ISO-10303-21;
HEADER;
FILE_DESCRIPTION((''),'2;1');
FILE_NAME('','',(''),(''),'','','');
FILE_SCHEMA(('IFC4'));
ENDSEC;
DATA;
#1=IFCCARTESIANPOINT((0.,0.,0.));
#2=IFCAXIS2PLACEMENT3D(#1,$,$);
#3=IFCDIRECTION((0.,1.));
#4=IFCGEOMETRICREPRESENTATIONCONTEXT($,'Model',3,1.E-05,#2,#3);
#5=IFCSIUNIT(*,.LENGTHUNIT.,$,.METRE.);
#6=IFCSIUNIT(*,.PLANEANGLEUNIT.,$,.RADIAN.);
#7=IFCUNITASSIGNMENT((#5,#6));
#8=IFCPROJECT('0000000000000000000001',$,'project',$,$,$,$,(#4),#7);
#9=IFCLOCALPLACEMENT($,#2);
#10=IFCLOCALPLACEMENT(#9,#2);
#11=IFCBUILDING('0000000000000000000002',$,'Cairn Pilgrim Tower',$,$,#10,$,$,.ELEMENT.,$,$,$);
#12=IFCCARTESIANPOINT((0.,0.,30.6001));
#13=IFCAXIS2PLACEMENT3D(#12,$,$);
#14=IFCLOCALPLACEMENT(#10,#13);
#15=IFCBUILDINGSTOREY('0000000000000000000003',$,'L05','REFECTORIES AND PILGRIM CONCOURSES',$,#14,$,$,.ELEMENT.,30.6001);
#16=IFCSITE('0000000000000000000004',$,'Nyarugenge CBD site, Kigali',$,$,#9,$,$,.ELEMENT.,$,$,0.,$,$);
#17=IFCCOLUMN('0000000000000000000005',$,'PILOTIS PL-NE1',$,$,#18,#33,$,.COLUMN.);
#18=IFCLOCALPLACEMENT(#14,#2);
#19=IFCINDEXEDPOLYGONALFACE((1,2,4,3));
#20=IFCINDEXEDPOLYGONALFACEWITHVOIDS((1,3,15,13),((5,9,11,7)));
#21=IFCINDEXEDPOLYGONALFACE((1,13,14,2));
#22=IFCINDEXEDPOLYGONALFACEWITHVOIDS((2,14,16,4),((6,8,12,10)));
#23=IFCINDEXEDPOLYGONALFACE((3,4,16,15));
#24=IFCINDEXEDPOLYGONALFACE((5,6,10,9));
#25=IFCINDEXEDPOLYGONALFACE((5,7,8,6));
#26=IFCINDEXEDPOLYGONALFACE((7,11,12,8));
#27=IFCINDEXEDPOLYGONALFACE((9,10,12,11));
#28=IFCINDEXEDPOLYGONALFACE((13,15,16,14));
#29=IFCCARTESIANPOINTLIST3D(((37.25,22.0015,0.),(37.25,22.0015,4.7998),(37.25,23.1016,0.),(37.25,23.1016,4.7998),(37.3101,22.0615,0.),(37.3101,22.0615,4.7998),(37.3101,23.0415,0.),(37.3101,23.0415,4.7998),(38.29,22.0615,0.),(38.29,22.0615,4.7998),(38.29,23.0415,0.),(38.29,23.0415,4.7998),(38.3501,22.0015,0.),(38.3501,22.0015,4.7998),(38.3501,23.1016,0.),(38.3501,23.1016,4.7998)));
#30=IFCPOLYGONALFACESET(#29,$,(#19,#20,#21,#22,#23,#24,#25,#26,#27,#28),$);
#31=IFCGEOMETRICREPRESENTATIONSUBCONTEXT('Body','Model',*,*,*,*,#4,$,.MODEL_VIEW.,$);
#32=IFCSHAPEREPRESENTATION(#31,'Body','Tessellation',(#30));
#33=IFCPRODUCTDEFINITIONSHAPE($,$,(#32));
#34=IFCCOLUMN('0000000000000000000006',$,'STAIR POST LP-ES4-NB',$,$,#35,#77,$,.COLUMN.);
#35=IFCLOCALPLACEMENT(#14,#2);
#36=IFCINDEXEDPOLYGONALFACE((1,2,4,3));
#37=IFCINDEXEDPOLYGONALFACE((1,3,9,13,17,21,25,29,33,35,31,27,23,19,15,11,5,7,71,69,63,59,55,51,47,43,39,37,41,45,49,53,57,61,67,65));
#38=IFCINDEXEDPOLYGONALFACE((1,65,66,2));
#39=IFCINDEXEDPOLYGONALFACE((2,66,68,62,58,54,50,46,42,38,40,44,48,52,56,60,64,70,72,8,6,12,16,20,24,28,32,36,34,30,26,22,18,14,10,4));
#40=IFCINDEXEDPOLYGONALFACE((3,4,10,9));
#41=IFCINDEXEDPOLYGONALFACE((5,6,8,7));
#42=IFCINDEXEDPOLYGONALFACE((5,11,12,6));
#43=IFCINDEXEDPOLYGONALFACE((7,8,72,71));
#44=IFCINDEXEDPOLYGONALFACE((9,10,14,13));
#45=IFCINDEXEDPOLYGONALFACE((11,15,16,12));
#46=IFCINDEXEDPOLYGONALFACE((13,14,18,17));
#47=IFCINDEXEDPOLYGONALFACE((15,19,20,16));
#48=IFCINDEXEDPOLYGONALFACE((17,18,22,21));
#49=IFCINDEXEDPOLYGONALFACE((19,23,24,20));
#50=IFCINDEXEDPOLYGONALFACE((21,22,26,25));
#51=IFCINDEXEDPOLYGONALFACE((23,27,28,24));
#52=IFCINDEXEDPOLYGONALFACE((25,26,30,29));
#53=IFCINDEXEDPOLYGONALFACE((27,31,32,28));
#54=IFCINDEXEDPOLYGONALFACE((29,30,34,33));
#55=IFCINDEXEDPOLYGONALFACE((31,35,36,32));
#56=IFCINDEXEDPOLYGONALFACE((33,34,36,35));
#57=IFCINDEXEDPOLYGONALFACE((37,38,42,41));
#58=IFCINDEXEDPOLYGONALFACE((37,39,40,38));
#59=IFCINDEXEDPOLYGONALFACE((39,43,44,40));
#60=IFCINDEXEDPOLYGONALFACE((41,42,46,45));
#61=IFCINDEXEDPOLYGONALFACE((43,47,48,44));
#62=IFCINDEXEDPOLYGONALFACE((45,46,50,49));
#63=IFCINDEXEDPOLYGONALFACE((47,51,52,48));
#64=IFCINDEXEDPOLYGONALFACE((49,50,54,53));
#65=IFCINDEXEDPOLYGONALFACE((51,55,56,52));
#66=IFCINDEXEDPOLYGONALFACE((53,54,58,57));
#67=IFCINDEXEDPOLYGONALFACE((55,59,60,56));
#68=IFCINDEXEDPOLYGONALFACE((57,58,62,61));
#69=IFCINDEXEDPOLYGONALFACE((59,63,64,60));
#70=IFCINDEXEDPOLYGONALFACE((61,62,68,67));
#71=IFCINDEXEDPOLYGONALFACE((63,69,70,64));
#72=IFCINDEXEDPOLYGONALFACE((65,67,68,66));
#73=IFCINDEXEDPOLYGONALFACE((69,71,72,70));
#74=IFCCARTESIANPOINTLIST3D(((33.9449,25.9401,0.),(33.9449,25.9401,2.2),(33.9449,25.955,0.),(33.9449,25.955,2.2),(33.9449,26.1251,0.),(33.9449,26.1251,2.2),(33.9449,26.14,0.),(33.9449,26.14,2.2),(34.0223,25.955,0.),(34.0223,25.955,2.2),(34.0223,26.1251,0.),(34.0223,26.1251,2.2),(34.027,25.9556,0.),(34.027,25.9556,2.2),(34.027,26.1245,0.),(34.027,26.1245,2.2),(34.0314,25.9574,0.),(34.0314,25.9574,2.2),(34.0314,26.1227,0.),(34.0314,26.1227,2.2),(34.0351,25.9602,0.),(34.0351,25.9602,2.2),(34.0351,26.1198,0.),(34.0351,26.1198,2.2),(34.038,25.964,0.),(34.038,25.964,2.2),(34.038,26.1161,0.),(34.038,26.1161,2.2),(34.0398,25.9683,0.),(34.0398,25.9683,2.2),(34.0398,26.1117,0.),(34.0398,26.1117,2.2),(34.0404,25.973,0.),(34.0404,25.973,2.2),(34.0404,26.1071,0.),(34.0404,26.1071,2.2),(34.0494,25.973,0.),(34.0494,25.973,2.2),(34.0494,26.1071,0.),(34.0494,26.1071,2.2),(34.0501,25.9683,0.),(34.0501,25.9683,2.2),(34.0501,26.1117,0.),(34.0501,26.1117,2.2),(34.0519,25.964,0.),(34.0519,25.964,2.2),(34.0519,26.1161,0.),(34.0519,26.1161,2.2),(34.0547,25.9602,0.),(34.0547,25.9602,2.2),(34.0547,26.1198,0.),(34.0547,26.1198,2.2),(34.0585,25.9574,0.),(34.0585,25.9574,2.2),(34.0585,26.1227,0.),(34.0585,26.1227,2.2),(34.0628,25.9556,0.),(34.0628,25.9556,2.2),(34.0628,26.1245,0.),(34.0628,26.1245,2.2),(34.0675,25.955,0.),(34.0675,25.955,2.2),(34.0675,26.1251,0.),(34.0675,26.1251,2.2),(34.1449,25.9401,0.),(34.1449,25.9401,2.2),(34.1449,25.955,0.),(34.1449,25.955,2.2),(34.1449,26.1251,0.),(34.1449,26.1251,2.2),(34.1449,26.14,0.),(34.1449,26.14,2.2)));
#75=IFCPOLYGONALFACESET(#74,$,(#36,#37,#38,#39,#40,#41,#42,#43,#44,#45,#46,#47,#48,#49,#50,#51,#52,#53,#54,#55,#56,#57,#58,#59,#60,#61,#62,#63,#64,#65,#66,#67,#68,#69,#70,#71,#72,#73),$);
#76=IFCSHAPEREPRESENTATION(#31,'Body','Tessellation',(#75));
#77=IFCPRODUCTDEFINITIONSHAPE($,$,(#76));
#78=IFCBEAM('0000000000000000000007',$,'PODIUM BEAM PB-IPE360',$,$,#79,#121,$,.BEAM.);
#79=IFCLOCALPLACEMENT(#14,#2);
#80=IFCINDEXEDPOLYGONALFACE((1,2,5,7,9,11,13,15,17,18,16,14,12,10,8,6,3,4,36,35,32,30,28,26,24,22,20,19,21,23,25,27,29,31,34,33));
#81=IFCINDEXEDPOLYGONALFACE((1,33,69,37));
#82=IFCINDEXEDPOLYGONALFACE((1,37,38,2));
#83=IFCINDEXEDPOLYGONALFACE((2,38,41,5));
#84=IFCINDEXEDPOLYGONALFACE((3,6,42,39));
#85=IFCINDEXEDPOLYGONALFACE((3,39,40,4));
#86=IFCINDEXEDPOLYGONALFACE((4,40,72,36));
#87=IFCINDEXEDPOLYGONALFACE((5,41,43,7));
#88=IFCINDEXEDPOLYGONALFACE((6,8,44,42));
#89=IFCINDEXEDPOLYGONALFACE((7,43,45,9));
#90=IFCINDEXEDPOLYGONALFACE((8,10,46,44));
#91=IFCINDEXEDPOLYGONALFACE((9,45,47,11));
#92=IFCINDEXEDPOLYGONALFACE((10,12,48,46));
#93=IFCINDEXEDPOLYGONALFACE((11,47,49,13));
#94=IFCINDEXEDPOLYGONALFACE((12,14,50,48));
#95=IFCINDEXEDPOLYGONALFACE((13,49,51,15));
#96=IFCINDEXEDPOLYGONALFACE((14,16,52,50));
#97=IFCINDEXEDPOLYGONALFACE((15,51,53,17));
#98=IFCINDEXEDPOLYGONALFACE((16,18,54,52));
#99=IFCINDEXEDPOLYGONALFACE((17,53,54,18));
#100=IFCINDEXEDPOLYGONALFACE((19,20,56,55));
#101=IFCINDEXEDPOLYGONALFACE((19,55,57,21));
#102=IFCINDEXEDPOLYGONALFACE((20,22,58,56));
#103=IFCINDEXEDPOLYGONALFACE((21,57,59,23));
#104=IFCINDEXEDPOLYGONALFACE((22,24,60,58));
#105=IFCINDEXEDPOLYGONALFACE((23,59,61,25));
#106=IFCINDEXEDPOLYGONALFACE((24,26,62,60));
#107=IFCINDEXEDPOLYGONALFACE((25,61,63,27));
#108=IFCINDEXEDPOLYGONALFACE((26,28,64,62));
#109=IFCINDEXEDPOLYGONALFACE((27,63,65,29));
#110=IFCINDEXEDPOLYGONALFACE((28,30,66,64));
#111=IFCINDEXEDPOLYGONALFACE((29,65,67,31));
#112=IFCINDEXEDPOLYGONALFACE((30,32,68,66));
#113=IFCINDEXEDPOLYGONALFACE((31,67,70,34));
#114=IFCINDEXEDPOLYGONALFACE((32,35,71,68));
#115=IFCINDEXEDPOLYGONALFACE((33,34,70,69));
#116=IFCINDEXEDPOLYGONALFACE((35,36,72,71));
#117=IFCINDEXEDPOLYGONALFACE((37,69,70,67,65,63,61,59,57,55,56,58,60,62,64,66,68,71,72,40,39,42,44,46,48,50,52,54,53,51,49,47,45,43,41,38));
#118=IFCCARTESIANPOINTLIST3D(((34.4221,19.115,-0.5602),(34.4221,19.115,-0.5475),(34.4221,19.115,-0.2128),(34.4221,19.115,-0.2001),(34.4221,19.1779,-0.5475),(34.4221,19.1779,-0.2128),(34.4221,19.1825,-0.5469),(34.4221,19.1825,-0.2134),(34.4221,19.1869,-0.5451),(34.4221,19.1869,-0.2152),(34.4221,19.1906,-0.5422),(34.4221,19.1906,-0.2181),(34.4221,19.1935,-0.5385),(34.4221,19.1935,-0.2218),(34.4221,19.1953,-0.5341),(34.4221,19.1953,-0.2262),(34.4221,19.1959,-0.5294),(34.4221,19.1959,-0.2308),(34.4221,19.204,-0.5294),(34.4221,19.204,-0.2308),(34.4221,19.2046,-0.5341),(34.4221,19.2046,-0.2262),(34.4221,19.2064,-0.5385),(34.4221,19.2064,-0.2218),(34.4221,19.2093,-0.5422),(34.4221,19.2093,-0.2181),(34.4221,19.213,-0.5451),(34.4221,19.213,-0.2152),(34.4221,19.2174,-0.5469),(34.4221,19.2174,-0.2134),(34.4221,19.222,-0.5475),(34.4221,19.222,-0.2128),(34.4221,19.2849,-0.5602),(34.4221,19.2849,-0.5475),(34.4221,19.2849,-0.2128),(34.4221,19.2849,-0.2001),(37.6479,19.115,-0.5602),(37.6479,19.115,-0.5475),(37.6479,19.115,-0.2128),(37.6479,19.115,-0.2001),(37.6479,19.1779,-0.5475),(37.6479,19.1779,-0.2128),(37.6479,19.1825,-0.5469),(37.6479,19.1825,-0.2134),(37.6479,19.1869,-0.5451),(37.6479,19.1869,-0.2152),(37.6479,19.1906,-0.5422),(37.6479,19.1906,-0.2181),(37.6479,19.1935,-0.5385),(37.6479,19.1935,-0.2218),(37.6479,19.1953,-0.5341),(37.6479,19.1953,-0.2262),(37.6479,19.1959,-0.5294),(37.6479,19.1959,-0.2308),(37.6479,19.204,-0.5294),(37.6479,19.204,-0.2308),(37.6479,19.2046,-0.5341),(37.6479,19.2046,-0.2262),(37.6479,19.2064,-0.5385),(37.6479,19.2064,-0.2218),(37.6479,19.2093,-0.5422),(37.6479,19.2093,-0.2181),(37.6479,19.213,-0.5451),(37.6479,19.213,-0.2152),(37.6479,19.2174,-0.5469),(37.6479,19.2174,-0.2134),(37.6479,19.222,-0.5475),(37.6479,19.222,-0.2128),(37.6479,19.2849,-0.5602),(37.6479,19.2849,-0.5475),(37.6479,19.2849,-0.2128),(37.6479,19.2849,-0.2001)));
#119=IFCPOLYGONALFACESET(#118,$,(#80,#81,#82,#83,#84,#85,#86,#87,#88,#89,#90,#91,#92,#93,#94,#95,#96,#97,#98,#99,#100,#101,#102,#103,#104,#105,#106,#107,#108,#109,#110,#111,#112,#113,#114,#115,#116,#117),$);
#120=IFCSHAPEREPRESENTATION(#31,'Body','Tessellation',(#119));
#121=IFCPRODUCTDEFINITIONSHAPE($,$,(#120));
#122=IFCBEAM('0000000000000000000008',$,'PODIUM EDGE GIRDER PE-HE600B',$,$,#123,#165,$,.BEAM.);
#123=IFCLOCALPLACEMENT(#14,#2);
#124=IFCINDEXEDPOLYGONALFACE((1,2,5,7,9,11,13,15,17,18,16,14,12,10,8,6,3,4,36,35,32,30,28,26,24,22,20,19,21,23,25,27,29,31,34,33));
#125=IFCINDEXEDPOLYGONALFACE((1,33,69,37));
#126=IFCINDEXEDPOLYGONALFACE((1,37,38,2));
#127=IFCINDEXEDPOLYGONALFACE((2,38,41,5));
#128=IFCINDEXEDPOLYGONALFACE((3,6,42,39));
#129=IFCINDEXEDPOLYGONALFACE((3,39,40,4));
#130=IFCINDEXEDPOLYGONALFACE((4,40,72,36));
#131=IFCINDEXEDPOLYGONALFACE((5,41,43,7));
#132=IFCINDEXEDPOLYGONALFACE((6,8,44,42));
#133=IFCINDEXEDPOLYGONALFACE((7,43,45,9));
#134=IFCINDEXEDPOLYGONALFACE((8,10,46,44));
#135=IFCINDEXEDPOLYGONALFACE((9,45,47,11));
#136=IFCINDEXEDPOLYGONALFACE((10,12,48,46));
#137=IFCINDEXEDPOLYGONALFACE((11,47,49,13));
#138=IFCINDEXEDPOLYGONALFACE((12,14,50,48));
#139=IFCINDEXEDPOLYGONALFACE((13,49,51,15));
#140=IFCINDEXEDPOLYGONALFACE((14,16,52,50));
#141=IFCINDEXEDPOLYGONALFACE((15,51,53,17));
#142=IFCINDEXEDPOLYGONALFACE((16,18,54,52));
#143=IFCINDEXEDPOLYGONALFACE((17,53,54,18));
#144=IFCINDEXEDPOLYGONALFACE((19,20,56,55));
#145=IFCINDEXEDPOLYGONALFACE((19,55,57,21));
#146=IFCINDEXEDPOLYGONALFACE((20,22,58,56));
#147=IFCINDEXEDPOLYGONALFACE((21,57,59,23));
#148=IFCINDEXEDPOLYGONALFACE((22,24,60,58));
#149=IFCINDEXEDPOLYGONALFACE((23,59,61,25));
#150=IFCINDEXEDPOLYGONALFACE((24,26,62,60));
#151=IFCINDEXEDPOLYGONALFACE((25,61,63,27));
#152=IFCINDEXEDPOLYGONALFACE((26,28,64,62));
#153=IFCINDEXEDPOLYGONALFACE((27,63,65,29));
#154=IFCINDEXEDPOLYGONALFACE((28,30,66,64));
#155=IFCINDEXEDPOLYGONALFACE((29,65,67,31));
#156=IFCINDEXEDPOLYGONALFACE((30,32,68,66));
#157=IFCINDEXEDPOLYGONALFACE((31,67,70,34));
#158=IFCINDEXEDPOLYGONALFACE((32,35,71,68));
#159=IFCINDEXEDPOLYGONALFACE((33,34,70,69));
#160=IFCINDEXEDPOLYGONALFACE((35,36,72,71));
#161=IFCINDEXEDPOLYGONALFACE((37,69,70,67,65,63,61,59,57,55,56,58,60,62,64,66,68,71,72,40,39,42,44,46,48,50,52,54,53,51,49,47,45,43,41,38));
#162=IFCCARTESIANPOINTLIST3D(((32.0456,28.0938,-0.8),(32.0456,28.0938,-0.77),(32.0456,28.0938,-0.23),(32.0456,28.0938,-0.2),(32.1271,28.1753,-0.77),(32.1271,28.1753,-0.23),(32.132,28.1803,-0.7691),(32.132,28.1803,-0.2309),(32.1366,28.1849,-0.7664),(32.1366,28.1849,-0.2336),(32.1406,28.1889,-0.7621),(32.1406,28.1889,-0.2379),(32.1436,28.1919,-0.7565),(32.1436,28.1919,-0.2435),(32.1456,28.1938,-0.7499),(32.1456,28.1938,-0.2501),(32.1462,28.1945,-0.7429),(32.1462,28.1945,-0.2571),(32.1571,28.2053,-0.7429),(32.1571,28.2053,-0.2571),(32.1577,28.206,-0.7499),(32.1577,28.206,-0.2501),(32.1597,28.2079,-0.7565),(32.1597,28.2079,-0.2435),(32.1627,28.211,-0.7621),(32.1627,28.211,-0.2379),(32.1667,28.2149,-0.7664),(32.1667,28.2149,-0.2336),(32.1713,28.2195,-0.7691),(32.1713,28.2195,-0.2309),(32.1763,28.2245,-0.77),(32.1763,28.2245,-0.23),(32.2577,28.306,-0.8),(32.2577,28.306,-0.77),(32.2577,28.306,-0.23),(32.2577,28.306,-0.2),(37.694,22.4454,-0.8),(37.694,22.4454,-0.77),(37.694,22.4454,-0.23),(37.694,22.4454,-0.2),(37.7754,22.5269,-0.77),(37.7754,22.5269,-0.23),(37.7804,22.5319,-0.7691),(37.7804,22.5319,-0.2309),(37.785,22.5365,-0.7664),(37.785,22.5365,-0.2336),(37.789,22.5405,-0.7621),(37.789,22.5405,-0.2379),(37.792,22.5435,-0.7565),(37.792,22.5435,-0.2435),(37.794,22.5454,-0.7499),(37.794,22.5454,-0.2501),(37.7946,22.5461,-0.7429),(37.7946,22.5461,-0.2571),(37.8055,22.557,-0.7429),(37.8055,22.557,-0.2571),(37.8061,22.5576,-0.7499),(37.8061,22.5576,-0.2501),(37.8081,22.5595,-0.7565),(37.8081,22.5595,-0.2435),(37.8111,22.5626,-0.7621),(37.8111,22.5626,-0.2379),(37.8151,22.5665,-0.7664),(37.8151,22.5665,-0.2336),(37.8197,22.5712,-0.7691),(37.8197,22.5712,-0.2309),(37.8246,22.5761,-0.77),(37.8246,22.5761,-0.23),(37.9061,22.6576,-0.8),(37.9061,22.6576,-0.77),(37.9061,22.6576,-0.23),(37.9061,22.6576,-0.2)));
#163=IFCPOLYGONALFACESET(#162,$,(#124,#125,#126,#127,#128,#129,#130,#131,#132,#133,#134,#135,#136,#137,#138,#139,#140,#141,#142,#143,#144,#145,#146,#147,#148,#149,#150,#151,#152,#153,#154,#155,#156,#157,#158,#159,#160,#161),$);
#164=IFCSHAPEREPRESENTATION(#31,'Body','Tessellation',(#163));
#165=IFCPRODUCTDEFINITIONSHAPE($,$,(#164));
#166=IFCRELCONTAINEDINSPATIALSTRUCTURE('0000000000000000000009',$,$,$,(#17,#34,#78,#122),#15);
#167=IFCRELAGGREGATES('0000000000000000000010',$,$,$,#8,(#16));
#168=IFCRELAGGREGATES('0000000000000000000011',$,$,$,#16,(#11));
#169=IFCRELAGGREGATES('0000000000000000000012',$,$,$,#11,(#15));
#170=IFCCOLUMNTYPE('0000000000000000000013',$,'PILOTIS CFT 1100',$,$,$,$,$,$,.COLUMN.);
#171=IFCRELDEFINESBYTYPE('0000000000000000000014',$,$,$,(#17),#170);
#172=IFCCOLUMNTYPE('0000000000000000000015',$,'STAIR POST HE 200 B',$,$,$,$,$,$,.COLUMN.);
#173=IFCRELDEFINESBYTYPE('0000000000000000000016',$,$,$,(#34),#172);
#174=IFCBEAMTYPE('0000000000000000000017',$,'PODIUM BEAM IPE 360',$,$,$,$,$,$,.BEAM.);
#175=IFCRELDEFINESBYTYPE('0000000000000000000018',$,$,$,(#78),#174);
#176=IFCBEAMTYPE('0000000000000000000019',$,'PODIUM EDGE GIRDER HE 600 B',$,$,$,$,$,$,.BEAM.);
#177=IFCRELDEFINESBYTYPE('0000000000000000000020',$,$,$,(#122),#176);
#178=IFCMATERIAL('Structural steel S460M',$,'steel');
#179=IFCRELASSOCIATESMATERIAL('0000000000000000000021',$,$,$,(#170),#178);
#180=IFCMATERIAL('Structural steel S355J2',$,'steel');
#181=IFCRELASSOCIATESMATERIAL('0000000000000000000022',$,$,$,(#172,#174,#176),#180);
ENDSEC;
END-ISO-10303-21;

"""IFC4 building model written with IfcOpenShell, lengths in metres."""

from ifc_helpers import new_model, si_unit, direction, frame, origin, origin_2d, place, context, subcontext, project, spatial, hollow_rectangle, i_section, extrude, material, material_profile, profile_set, type_object, element, save


model = new_model("IFC4")

# Units and contexts
model_context = context("Model", 3, precision=1e-05, world=origin(), true_north=direction((0.0, 1.0)))
body_context = subcontext(model_context, "Body", "Model", "MODEL_VIEW")
ifc_project = project(units=[si_unit("LENGTHUNIT", "METRE"), si_unit("PLANEANGLEUNIT", "RADIAN")], contexts=[model_context])

# Site, building, storey
site_placement = place(None, origin())
site = spatial("IfcSite", under=ifc_project, at=site_placement, Name="Nyarugenge CBD site, Kigali", CompositionType="ELEMENT", RefElevation=0.0)
building_placement = place(site_placement, origin())
building = spatial("IfcBuilding", under=site, at=building_placement, Name="Cairn Pilgrim Tower", CompositionType="ELEMENT")
storey_placement = place(building_placement, frame((0.0, 0.0, 30.6001)))
storey = spatial("IfcBuildingStorey", under=building, at=storey_placement, Name="L05", Description="REFECTORIES AND PILGRIM CONCOURSES", CompositionType="ELEMENT", Elevation=30.6001)

# Columns
ifc_material_1 = material(Name="Structural steel S460M", Category="steel")
ifc_material_profile_1 = material_profile(ifc_material_1, hollow_rectangle(XDim=1.1001, YDim=1.1001, WallThickness=0.0601, at=origin_2d()), Name="BOX 1100x1100x60")
ifc_profile_set_1 = profile_set([ifc_material_profile_1], Name="Structural steel S460M")
column_type_1 = type_object("IfcColumnType", Name="PILOTIS CFT 1100", PredefinedType="COLUMN", material=ifc_profile_set_1)
column_1_placement = place(storey_placement, frame((37.8, 22.5515, 0.0), z_axis=(0.0, 0.0, 1.0), x_axis=(1.0, 0.0, 0.0)))
element("IfcColumn", 1, at=column_1_placement, inside=storey, type_object=column_type_1, Name="PILOTIS PL-NE1", PredefinedType="COLUMN", context=body_context, shape_type="SweptSolid", body=[
    extrude(hollow_rectangle(XDim=1.1001, YDim=1.1001, WallThickness=0.0601, at=origin_2d()), origin(), (0.0, 0.0, 1.0), 4.7998),
])
ifc_material_2 = material(Name="Structural steel S355J2", Category="steel")
ifc_material_profile_2 = material_profile(ifc_material_2, i_section(OverallWidth=0.2, OverallDepth=0.2, WebThickness=0.009, FlangeThickness=0.0149, FilletRadius=0.0181, at=origin_2d()), Name="HE 200 B")
ifc_profile_set_2 = profile_set([ifc_material_profile_2], Name="Structural steel S355J2")
column_type_2 = type_object("IfcColumnType", Name="STAIR POST HE 200 B", PredefinedType="COLUMN", material=ifc_profile_set_2)
column_2_placement = place(storey_placement, frame((34.0449, 26.04, 0.0), z_axis=(0.0, 0.0, 1.0), x_axis=(1.0, 0.0, 0.0)))
element("IfcColumn", 2, at=column_2_placement, inside=storey, type_object=column_type_2, Name="STAIR POST LP-ES4-NB", PredefinedType="COLUMN", context=body_context, shape_type="SweptSolid", body=[
    extrude(i_section(OverallWidth=0.2, OverallDepth=0.2, WebThickness=0.009, FlangeThickness=0.0149, FilletRadius=0.0181, at=origin_2d()), origin(), (0.0, 0.0, 1.0), 2.2),
])

# Beams
ifc_material_profile_3 = material_profile(ifc_material_2, i_section(OverallWidth=0.1699, OverallDepth=0.3601, WebThickness=0.0081, FlangeThickness=0.0127, FilletRadius=0.0181, at=origin_2d()), Name="IPE 360")
ifc_profile_set_3 = profile_set([ifc_material_profile_3], Name="Structural steel S355J2")
beam_type_1 = type_object("IfcBeamType", Name="PODIUM BEAM IPE 360", PredefinedType="BEAM", material=ifc_profile_set_3)
beam_1_placement = place(storey_placement, frame((34.4221, 19.2, -0.3801), z_axis=(1.0, 0.0, 0.0), x_axis=(0.0, 1.0, 0.0)))
element("IfcBeam", 3, at=beam_1_placement, inside=storey, type_object=beam_type_1, Name="PODIUM BEAM PB-IPE360", PredefinedType="BEAM", context=body_context, shape_type="SweptSolid", body=[
    extrude(i_section(OverallWidth=0.1699, OverallDepth=0.3601, WebThickness=0.0081, FlangeThickness=0.0127, FilletRadius=0.0181, at=origin_2d()), origin(), (0.0, 0.0, 1.0), 3.2258),
])
ifc_material_profile_4 = material_profile(ifc_material_2, i_section(OverallWidth=0.3, OverallDepth=0.6001, WebThickness=0.0154, FlangeThickness=0.03, FilletRadius=0.0271, at=origin_2d()), Name="HEB 600")
ifc_profile_set_4 = profile_set([ifc_material_profile_4], Name="Structural steel S355J2")
beam_type_2 = type_object("IfcBeamType", Name="PODIUM EDGE GIRDER HE 600 B", PredefinedType="BEAM", material=ifc_profile_set_4)
beam_2_placement = place(storey_placement, frame((37.8, 22.5515, -0.5), z_axis=(-0.707107, 0.707107, 0.0), x_axis=(-0.707107, -0.707107, 0.0)))
element("IfcBeam", 4, at=beam_2_placement, inside=storey, type_object=beam_type_2, Name="PODIUM EDGE GIRDER PE-HE600B", PredefinedType="BEAM", context=body_context, shape_type="SweptSolid", body=[
    extrude(i_section(OverallWidth=0.3, OverallDepth=0.6001, WebThickness=0.0154, FlangeThickness=0.03, FilletRadius=0.0271, at=origin_2d()), origin(), (0.0, 0.0, 1.0), 7.988),
])

save(model, "model.ifc")
